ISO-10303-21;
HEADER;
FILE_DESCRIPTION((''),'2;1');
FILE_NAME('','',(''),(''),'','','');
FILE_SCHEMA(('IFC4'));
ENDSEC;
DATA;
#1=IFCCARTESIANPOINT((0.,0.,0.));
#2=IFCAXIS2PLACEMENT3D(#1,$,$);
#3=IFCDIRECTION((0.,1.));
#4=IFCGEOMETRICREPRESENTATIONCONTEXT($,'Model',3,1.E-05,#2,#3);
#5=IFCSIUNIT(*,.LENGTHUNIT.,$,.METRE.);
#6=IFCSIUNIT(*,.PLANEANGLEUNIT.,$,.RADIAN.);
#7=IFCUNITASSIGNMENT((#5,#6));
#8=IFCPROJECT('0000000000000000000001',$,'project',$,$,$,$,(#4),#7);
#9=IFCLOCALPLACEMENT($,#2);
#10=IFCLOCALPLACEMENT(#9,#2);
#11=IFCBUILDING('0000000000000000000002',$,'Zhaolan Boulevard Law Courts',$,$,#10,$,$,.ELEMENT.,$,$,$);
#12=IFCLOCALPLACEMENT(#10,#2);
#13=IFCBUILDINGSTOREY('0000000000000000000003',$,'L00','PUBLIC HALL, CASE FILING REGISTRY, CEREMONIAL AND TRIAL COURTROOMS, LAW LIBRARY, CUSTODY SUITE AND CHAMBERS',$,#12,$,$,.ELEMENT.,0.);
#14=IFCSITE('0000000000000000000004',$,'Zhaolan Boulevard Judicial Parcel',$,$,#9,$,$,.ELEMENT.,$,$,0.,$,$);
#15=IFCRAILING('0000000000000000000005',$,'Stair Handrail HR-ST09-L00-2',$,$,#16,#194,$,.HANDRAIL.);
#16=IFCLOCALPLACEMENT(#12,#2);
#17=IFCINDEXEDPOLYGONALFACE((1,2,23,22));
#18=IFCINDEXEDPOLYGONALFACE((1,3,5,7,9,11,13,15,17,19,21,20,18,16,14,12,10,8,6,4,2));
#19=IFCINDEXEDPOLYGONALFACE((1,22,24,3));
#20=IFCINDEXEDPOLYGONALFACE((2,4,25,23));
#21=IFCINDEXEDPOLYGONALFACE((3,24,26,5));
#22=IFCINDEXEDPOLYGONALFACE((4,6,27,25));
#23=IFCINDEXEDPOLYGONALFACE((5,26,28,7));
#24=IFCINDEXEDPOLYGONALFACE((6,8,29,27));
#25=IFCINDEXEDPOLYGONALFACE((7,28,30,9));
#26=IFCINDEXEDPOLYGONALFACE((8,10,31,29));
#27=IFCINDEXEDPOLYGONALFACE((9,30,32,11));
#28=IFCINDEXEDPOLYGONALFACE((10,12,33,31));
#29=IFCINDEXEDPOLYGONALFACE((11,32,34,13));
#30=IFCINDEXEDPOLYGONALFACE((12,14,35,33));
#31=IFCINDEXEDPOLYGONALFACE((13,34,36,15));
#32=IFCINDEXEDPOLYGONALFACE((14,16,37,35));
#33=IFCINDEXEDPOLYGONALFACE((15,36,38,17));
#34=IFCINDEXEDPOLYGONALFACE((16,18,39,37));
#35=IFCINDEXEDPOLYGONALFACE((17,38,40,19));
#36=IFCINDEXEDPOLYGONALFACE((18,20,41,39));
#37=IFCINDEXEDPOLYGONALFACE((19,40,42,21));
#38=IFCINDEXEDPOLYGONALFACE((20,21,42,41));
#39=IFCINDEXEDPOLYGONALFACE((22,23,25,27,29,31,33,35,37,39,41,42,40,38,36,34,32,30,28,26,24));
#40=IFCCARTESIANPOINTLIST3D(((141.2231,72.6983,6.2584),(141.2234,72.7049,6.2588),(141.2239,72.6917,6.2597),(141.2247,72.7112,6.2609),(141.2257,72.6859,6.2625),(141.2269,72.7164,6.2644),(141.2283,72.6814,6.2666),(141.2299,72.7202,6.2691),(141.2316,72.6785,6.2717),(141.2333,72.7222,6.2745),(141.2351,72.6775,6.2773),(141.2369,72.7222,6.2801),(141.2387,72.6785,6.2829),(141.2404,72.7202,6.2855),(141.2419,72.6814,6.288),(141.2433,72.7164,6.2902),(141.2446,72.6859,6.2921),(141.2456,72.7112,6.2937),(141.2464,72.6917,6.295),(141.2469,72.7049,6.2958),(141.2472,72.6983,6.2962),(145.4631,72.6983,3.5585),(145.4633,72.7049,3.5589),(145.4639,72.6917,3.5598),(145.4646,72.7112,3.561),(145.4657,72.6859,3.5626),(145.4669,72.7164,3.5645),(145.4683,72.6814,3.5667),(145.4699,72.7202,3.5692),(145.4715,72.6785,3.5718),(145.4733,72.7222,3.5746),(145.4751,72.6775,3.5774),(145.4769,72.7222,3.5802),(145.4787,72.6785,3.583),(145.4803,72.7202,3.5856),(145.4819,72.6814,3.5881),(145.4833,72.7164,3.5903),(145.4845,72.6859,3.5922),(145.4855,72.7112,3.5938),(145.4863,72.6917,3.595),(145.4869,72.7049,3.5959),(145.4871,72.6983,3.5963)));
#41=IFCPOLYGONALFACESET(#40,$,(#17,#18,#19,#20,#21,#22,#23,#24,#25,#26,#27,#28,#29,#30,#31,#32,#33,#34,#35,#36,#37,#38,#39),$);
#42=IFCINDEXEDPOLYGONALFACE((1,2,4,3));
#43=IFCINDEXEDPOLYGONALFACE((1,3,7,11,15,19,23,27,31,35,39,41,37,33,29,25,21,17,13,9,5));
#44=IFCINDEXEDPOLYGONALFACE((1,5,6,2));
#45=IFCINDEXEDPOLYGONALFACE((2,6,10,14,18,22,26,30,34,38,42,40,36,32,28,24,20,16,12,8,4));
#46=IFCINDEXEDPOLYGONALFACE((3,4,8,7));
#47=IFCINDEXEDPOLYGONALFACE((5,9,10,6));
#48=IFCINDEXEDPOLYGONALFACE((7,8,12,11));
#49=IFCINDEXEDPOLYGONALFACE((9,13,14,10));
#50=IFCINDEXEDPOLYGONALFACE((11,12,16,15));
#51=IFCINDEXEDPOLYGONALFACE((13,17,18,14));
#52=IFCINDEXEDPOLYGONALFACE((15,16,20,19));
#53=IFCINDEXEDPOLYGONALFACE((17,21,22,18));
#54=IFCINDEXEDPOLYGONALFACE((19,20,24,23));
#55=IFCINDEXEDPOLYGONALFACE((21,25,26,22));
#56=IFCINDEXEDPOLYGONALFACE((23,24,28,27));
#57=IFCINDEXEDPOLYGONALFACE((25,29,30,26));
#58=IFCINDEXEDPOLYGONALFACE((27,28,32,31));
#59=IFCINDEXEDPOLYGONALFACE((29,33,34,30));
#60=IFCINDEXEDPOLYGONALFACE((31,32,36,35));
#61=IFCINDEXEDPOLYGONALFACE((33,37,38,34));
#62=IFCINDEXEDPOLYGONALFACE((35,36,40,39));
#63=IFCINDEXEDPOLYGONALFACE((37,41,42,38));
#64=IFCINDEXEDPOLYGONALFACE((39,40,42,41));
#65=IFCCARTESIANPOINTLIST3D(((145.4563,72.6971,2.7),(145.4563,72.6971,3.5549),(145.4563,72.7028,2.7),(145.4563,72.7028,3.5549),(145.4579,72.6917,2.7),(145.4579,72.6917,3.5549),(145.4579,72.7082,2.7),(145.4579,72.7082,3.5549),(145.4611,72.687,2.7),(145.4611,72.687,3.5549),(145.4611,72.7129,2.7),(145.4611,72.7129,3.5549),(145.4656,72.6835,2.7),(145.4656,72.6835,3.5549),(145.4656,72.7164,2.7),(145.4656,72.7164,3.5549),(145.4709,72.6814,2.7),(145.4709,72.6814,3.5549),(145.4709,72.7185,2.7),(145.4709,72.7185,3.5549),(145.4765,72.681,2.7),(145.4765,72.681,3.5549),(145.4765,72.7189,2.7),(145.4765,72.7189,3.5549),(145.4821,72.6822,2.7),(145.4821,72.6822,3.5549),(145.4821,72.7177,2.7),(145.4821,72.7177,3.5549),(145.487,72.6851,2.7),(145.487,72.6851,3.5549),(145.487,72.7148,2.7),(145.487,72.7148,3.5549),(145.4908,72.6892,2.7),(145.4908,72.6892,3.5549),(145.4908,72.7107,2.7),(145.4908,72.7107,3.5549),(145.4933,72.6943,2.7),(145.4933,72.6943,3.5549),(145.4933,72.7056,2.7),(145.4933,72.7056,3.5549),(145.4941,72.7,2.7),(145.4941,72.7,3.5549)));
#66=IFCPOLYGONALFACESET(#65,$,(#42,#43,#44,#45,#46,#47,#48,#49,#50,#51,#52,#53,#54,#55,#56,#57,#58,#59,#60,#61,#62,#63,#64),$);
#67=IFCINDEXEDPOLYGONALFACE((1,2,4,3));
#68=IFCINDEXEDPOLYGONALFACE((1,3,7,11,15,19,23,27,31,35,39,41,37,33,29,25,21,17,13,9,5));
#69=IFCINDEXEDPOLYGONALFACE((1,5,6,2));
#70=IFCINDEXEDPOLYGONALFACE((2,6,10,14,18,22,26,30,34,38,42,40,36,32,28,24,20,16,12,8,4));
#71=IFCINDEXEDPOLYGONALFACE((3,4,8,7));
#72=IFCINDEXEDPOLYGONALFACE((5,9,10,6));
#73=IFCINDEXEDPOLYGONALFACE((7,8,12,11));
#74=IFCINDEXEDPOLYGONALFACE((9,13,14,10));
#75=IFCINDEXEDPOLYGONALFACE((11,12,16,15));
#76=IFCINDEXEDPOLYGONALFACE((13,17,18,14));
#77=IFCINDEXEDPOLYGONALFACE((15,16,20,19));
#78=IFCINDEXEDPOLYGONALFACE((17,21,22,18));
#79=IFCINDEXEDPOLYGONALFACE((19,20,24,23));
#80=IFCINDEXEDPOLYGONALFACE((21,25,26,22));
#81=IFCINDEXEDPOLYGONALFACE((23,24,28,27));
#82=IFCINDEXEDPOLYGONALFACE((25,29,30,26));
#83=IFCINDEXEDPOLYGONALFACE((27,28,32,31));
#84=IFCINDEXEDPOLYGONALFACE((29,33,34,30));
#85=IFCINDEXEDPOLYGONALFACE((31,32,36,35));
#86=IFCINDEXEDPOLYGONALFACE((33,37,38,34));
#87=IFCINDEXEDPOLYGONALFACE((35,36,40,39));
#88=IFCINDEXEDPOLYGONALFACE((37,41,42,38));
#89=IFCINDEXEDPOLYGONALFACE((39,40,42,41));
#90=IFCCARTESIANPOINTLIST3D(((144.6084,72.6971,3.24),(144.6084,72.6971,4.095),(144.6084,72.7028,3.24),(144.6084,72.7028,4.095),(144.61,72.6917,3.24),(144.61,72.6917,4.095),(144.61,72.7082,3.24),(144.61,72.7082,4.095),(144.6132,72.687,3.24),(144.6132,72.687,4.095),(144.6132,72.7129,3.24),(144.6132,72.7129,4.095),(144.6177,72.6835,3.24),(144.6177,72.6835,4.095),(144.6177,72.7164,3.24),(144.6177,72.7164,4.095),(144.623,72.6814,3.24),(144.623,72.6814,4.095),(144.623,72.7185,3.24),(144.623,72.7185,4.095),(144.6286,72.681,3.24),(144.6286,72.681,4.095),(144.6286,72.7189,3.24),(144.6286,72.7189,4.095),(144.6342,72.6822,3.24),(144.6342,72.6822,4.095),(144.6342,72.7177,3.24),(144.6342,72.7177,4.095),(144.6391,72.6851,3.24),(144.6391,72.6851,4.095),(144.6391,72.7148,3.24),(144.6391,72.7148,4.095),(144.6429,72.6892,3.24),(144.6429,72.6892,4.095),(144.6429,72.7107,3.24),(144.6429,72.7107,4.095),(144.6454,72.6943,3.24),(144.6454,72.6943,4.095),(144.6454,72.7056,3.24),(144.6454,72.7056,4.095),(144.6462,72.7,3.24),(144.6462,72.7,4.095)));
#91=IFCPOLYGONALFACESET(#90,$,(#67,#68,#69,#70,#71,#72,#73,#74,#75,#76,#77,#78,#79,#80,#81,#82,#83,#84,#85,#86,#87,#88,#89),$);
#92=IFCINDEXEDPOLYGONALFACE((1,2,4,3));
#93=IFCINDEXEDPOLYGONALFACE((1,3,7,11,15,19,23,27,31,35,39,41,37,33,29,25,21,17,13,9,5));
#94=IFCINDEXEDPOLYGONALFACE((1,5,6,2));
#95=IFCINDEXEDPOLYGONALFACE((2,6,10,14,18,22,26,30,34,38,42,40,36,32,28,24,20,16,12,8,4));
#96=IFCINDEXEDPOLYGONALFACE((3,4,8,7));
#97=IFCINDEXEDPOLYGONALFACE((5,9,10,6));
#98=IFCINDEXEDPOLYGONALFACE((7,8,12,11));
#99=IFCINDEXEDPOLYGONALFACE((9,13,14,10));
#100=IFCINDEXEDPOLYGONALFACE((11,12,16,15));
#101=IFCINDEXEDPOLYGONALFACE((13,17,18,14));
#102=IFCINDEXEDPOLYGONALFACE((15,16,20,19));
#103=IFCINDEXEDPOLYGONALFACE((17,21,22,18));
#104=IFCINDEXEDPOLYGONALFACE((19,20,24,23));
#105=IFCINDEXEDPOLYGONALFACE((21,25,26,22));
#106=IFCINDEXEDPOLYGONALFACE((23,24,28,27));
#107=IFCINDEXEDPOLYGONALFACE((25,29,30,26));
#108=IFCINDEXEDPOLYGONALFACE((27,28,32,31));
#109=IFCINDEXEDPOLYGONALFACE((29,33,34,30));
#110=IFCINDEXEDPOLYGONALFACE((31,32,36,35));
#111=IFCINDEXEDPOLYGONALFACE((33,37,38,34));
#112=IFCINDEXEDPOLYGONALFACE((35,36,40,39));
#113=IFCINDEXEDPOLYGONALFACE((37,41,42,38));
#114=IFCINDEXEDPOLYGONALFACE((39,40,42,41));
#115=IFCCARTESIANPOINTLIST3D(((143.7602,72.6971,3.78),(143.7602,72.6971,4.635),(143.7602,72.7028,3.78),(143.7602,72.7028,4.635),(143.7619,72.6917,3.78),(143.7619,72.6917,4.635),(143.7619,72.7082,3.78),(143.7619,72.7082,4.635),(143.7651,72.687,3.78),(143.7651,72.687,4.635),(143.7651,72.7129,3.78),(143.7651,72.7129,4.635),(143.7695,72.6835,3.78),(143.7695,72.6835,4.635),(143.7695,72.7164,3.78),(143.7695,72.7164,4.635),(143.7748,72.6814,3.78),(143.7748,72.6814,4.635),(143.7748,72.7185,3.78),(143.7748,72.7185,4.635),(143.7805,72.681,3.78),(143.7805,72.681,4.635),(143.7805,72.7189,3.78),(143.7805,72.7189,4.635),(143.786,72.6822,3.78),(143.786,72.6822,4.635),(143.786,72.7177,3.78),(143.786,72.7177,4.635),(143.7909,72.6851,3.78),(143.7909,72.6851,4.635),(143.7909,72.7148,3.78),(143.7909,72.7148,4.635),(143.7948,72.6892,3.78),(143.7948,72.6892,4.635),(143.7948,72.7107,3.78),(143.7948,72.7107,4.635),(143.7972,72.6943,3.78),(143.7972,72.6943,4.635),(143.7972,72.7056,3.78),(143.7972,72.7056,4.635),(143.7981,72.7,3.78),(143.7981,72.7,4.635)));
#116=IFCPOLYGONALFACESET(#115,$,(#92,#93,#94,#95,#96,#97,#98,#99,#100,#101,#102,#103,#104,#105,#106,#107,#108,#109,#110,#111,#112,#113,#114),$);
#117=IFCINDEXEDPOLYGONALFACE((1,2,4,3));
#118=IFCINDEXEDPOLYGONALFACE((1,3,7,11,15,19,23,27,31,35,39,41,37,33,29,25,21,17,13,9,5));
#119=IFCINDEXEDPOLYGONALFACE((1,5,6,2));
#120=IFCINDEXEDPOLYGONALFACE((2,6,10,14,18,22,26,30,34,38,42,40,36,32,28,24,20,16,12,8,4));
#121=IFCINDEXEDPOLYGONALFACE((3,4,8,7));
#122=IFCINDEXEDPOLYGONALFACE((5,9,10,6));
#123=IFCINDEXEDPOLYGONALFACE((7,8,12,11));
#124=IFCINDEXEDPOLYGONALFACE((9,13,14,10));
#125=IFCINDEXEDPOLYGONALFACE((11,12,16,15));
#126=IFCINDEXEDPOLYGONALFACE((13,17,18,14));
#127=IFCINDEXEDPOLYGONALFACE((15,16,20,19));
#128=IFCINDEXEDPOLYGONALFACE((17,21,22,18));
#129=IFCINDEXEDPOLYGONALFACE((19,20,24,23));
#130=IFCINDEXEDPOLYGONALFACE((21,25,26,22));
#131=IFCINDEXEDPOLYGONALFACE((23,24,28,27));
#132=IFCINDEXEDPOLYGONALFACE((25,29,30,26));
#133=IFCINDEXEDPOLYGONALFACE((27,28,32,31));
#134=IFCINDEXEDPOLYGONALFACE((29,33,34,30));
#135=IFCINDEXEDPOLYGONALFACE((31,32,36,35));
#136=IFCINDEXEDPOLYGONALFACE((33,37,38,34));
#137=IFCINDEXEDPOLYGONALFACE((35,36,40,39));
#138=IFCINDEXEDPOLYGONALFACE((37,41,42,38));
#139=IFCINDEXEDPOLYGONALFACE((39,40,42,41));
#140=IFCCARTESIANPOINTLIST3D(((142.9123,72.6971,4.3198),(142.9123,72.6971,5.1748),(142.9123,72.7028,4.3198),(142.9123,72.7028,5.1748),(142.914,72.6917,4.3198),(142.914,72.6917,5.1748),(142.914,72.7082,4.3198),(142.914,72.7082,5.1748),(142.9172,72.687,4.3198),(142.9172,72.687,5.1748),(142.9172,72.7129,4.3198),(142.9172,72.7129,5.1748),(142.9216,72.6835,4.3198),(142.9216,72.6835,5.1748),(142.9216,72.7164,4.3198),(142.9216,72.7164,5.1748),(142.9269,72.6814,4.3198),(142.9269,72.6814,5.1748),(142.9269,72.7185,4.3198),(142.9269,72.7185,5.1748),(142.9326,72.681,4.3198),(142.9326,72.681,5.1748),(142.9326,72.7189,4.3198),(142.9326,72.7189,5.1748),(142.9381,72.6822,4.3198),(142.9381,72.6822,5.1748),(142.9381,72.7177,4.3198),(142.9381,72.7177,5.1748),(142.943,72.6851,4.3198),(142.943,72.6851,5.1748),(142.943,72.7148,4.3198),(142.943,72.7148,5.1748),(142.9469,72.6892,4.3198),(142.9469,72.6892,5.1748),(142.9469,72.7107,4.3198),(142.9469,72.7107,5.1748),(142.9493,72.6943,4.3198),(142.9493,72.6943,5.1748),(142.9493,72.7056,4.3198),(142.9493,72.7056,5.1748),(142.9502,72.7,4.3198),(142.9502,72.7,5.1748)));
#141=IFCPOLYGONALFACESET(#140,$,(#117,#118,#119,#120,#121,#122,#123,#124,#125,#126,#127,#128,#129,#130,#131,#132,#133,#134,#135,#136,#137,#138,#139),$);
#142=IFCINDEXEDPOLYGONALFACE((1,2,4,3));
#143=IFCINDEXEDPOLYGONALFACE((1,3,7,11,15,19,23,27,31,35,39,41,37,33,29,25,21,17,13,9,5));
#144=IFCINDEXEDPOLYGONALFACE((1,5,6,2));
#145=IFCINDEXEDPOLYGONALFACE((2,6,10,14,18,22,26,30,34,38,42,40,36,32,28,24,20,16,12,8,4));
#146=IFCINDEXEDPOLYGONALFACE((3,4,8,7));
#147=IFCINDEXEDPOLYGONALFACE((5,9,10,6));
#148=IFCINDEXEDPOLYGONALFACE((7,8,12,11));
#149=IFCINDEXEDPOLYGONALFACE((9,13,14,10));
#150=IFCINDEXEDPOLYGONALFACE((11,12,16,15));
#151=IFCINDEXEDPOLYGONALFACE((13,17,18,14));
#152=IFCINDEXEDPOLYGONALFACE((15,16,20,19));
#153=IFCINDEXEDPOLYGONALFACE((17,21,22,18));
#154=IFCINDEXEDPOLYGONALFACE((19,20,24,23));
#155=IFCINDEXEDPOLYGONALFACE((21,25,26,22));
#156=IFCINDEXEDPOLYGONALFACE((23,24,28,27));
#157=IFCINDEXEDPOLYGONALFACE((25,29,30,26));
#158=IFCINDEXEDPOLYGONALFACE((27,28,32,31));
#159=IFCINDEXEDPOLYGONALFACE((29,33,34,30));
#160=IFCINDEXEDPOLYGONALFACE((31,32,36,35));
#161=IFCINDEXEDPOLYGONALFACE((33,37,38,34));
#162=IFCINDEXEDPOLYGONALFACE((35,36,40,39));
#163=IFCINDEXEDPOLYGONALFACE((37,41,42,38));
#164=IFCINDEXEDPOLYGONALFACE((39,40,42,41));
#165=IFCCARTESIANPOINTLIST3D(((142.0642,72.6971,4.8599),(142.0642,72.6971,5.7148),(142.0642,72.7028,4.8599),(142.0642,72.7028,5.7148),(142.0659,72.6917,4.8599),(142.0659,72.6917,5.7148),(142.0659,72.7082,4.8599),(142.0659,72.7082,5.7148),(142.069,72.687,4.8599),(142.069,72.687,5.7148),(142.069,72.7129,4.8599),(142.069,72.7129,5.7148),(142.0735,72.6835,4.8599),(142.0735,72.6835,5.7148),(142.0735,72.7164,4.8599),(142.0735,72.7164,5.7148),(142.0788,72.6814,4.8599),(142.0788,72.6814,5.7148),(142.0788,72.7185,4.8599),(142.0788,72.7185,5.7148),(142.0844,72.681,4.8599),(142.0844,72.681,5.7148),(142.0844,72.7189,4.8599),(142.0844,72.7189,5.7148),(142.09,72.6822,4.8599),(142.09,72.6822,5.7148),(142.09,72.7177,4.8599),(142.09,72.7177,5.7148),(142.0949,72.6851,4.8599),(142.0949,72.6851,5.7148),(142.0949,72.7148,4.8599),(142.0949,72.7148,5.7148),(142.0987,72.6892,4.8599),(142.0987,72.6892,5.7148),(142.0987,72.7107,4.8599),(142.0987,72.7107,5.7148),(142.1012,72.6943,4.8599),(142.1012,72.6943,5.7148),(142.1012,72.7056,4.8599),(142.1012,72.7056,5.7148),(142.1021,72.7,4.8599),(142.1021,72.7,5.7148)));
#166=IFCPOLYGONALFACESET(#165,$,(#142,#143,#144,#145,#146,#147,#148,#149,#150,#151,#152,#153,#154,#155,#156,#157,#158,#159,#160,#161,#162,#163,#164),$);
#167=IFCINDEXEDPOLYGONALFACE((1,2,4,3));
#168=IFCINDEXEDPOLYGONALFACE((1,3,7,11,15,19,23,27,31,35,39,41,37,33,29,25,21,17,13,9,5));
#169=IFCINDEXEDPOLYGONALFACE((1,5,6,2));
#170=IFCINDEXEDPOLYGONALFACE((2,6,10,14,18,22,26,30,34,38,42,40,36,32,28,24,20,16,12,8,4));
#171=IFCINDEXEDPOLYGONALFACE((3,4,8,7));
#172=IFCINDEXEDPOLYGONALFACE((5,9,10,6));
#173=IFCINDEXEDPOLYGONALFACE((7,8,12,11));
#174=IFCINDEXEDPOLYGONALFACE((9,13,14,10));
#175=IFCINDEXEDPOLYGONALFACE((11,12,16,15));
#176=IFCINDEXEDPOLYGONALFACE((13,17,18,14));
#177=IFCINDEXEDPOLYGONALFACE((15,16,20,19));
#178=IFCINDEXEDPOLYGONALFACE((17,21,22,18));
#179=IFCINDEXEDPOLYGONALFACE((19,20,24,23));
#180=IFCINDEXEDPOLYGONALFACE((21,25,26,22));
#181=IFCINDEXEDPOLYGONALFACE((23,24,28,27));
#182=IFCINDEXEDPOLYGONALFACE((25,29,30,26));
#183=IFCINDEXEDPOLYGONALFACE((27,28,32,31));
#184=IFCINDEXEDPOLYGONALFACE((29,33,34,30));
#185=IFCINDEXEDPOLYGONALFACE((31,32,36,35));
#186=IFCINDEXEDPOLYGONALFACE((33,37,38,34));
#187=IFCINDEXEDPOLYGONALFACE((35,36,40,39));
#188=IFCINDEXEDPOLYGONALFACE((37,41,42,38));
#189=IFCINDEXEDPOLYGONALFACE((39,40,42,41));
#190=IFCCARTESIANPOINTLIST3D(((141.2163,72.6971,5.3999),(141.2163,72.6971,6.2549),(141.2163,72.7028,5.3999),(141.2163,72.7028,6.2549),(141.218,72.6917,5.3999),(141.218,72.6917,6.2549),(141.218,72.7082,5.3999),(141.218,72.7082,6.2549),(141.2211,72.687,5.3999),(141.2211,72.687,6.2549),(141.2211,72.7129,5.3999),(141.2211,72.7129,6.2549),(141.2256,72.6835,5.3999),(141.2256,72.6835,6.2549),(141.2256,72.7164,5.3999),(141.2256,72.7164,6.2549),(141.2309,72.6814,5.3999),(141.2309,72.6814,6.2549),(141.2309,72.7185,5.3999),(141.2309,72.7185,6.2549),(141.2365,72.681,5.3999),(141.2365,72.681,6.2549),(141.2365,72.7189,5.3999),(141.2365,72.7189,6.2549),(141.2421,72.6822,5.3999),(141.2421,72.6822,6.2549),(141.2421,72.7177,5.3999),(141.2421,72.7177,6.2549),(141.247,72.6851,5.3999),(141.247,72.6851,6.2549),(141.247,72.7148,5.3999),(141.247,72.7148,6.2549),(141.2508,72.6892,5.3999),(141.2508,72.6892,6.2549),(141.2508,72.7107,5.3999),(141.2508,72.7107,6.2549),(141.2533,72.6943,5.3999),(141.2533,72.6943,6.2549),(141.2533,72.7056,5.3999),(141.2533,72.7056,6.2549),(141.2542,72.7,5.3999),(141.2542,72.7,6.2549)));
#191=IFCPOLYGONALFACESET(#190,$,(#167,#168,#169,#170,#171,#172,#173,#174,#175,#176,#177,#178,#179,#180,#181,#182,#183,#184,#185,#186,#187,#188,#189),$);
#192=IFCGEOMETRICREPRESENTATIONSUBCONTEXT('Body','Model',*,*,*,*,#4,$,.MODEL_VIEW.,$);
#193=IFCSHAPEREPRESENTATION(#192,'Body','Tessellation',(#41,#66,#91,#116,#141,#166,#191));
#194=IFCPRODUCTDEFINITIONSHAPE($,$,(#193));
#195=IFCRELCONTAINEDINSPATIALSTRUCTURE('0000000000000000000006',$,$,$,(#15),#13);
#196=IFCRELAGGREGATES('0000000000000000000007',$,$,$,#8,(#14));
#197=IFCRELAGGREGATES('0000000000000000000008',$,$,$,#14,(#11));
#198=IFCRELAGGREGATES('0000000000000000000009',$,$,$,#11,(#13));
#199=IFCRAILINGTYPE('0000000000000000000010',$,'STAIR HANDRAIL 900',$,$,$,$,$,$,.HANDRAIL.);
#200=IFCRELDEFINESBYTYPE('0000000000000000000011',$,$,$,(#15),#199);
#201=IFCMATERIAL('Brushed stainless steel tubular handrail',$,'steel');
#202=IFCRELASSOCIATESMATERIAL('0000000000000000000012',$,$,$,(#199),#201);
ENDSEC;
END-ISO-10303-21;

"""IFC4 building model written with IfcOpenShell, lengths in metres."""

from ifc_helpers import new_model, si_unit, direction, frame, origin, origin_2d, place, context, subcontext, project, spatial, circle, extrude, material, type_object, element, save


model = new_model("IFC4")

# Units and contexts
model_context = context("Model", 3, precision=1e-05, world=origin(), true_north=direction((0.0, 1.0)))
body_context = subcontext(model_context, "Body", "Model", "MODEL_VIEW")
ifc_project = project(units=[si_unit("LENGTHUNIT", "METRE"), si_unit("PLANEANGLEUNIT", "RADIAN")], contexts=[model_context])

# Site, building, storey
site_placement = place(None, origin())
site = spatial("IfcSite", under=ifc_project, at=site_placement, Name="Zhaolan Boulevard Judicial Parcel", CompositionType="ELEMENT", RefElevation=0.0)
building_placement = place(site_placement, origin())
building = spatial("IfcBuilding", under=site, at=building_placement, Name="Zhaolan Boulevard Law Courts", CompositionType="ELEMENT")
storey_placement = place(building_placement, origin())
storey = spatial("IfcBuildingStorey", under=building, at=storey_placement, Name="L00", Description="PUBLIC HALL, CASE FILING REGISTRY, CEREMONIAL AND TRIAL COURTROOMS, LAW LIBRARY, CUSTODY SUITE AND CHAMBERS", CompositionType="ELEMENT", Elevation=0.0)

# Railing
ifc_material_1 = material(Name="Brushed stainless steel tubular handrail", Category="steel")
railing_type_1 = type_object("IfcRailingType", Name="STAIR HANDRAIL 900", PredefinedType="HANDRAIL", material=ifc_material_1)
railing_1_placement = place(storey_placement, frame((145.4751, 72.7, 2.7)))
element("IfcRailing", 1, at=railing_1_placement, inside=storey, type_object=railing_type_1, Name="Stair Handrail HR-ST09-L00-2", PredefinedType="HANDRAIL", context=body_context, shape_type="SweptSolid", body=[
    extrude(circle(Radius=0.0225, at=origin_2d()), frame((0.0, 0.0, 0.8774), z_axis=(-0.843501, 0.0, 0.537127), x_axis=(0.0, -1.0, 0.0)), (0.0, 0.0, 1.0), 5.0266),
    extrude(circle(Radius=0.019, at=origin_2d()), origin(), (0.0, 0.0, 1.0), 0.855),
    extrude(circle(Radius=0.019, at=origin_2d()), frame((-0.8479, 0.0, 0.54)), (0.0, 0.0, 1.0), 0.855),
    extrude(circle(Radius=0.019, at=origin_2d()), frame((-1.696, 0.0, 1.0801)), (0.0, 0.0, 1.0), 0.855),
    extrude(circle(Radius=0.019, at=origin_2d()), frame((-2.5439, 0.0, 1.6199)), (0.0, 0.0, 1.0), 0.855),
    extrude(circle(Radius=0.019, at=origin_2d()), frame((-3.3921, 0.0, 2.1599)), (0.0, 0.0, 1.0), 0.855),
    extrude(circle(Radius=0.019, at=origin_2d()), frame((-4.24, 0.0, 2.7)), (0.0, 0.0, 1.0), 0.855),
])

save(model, "model.ifc")
